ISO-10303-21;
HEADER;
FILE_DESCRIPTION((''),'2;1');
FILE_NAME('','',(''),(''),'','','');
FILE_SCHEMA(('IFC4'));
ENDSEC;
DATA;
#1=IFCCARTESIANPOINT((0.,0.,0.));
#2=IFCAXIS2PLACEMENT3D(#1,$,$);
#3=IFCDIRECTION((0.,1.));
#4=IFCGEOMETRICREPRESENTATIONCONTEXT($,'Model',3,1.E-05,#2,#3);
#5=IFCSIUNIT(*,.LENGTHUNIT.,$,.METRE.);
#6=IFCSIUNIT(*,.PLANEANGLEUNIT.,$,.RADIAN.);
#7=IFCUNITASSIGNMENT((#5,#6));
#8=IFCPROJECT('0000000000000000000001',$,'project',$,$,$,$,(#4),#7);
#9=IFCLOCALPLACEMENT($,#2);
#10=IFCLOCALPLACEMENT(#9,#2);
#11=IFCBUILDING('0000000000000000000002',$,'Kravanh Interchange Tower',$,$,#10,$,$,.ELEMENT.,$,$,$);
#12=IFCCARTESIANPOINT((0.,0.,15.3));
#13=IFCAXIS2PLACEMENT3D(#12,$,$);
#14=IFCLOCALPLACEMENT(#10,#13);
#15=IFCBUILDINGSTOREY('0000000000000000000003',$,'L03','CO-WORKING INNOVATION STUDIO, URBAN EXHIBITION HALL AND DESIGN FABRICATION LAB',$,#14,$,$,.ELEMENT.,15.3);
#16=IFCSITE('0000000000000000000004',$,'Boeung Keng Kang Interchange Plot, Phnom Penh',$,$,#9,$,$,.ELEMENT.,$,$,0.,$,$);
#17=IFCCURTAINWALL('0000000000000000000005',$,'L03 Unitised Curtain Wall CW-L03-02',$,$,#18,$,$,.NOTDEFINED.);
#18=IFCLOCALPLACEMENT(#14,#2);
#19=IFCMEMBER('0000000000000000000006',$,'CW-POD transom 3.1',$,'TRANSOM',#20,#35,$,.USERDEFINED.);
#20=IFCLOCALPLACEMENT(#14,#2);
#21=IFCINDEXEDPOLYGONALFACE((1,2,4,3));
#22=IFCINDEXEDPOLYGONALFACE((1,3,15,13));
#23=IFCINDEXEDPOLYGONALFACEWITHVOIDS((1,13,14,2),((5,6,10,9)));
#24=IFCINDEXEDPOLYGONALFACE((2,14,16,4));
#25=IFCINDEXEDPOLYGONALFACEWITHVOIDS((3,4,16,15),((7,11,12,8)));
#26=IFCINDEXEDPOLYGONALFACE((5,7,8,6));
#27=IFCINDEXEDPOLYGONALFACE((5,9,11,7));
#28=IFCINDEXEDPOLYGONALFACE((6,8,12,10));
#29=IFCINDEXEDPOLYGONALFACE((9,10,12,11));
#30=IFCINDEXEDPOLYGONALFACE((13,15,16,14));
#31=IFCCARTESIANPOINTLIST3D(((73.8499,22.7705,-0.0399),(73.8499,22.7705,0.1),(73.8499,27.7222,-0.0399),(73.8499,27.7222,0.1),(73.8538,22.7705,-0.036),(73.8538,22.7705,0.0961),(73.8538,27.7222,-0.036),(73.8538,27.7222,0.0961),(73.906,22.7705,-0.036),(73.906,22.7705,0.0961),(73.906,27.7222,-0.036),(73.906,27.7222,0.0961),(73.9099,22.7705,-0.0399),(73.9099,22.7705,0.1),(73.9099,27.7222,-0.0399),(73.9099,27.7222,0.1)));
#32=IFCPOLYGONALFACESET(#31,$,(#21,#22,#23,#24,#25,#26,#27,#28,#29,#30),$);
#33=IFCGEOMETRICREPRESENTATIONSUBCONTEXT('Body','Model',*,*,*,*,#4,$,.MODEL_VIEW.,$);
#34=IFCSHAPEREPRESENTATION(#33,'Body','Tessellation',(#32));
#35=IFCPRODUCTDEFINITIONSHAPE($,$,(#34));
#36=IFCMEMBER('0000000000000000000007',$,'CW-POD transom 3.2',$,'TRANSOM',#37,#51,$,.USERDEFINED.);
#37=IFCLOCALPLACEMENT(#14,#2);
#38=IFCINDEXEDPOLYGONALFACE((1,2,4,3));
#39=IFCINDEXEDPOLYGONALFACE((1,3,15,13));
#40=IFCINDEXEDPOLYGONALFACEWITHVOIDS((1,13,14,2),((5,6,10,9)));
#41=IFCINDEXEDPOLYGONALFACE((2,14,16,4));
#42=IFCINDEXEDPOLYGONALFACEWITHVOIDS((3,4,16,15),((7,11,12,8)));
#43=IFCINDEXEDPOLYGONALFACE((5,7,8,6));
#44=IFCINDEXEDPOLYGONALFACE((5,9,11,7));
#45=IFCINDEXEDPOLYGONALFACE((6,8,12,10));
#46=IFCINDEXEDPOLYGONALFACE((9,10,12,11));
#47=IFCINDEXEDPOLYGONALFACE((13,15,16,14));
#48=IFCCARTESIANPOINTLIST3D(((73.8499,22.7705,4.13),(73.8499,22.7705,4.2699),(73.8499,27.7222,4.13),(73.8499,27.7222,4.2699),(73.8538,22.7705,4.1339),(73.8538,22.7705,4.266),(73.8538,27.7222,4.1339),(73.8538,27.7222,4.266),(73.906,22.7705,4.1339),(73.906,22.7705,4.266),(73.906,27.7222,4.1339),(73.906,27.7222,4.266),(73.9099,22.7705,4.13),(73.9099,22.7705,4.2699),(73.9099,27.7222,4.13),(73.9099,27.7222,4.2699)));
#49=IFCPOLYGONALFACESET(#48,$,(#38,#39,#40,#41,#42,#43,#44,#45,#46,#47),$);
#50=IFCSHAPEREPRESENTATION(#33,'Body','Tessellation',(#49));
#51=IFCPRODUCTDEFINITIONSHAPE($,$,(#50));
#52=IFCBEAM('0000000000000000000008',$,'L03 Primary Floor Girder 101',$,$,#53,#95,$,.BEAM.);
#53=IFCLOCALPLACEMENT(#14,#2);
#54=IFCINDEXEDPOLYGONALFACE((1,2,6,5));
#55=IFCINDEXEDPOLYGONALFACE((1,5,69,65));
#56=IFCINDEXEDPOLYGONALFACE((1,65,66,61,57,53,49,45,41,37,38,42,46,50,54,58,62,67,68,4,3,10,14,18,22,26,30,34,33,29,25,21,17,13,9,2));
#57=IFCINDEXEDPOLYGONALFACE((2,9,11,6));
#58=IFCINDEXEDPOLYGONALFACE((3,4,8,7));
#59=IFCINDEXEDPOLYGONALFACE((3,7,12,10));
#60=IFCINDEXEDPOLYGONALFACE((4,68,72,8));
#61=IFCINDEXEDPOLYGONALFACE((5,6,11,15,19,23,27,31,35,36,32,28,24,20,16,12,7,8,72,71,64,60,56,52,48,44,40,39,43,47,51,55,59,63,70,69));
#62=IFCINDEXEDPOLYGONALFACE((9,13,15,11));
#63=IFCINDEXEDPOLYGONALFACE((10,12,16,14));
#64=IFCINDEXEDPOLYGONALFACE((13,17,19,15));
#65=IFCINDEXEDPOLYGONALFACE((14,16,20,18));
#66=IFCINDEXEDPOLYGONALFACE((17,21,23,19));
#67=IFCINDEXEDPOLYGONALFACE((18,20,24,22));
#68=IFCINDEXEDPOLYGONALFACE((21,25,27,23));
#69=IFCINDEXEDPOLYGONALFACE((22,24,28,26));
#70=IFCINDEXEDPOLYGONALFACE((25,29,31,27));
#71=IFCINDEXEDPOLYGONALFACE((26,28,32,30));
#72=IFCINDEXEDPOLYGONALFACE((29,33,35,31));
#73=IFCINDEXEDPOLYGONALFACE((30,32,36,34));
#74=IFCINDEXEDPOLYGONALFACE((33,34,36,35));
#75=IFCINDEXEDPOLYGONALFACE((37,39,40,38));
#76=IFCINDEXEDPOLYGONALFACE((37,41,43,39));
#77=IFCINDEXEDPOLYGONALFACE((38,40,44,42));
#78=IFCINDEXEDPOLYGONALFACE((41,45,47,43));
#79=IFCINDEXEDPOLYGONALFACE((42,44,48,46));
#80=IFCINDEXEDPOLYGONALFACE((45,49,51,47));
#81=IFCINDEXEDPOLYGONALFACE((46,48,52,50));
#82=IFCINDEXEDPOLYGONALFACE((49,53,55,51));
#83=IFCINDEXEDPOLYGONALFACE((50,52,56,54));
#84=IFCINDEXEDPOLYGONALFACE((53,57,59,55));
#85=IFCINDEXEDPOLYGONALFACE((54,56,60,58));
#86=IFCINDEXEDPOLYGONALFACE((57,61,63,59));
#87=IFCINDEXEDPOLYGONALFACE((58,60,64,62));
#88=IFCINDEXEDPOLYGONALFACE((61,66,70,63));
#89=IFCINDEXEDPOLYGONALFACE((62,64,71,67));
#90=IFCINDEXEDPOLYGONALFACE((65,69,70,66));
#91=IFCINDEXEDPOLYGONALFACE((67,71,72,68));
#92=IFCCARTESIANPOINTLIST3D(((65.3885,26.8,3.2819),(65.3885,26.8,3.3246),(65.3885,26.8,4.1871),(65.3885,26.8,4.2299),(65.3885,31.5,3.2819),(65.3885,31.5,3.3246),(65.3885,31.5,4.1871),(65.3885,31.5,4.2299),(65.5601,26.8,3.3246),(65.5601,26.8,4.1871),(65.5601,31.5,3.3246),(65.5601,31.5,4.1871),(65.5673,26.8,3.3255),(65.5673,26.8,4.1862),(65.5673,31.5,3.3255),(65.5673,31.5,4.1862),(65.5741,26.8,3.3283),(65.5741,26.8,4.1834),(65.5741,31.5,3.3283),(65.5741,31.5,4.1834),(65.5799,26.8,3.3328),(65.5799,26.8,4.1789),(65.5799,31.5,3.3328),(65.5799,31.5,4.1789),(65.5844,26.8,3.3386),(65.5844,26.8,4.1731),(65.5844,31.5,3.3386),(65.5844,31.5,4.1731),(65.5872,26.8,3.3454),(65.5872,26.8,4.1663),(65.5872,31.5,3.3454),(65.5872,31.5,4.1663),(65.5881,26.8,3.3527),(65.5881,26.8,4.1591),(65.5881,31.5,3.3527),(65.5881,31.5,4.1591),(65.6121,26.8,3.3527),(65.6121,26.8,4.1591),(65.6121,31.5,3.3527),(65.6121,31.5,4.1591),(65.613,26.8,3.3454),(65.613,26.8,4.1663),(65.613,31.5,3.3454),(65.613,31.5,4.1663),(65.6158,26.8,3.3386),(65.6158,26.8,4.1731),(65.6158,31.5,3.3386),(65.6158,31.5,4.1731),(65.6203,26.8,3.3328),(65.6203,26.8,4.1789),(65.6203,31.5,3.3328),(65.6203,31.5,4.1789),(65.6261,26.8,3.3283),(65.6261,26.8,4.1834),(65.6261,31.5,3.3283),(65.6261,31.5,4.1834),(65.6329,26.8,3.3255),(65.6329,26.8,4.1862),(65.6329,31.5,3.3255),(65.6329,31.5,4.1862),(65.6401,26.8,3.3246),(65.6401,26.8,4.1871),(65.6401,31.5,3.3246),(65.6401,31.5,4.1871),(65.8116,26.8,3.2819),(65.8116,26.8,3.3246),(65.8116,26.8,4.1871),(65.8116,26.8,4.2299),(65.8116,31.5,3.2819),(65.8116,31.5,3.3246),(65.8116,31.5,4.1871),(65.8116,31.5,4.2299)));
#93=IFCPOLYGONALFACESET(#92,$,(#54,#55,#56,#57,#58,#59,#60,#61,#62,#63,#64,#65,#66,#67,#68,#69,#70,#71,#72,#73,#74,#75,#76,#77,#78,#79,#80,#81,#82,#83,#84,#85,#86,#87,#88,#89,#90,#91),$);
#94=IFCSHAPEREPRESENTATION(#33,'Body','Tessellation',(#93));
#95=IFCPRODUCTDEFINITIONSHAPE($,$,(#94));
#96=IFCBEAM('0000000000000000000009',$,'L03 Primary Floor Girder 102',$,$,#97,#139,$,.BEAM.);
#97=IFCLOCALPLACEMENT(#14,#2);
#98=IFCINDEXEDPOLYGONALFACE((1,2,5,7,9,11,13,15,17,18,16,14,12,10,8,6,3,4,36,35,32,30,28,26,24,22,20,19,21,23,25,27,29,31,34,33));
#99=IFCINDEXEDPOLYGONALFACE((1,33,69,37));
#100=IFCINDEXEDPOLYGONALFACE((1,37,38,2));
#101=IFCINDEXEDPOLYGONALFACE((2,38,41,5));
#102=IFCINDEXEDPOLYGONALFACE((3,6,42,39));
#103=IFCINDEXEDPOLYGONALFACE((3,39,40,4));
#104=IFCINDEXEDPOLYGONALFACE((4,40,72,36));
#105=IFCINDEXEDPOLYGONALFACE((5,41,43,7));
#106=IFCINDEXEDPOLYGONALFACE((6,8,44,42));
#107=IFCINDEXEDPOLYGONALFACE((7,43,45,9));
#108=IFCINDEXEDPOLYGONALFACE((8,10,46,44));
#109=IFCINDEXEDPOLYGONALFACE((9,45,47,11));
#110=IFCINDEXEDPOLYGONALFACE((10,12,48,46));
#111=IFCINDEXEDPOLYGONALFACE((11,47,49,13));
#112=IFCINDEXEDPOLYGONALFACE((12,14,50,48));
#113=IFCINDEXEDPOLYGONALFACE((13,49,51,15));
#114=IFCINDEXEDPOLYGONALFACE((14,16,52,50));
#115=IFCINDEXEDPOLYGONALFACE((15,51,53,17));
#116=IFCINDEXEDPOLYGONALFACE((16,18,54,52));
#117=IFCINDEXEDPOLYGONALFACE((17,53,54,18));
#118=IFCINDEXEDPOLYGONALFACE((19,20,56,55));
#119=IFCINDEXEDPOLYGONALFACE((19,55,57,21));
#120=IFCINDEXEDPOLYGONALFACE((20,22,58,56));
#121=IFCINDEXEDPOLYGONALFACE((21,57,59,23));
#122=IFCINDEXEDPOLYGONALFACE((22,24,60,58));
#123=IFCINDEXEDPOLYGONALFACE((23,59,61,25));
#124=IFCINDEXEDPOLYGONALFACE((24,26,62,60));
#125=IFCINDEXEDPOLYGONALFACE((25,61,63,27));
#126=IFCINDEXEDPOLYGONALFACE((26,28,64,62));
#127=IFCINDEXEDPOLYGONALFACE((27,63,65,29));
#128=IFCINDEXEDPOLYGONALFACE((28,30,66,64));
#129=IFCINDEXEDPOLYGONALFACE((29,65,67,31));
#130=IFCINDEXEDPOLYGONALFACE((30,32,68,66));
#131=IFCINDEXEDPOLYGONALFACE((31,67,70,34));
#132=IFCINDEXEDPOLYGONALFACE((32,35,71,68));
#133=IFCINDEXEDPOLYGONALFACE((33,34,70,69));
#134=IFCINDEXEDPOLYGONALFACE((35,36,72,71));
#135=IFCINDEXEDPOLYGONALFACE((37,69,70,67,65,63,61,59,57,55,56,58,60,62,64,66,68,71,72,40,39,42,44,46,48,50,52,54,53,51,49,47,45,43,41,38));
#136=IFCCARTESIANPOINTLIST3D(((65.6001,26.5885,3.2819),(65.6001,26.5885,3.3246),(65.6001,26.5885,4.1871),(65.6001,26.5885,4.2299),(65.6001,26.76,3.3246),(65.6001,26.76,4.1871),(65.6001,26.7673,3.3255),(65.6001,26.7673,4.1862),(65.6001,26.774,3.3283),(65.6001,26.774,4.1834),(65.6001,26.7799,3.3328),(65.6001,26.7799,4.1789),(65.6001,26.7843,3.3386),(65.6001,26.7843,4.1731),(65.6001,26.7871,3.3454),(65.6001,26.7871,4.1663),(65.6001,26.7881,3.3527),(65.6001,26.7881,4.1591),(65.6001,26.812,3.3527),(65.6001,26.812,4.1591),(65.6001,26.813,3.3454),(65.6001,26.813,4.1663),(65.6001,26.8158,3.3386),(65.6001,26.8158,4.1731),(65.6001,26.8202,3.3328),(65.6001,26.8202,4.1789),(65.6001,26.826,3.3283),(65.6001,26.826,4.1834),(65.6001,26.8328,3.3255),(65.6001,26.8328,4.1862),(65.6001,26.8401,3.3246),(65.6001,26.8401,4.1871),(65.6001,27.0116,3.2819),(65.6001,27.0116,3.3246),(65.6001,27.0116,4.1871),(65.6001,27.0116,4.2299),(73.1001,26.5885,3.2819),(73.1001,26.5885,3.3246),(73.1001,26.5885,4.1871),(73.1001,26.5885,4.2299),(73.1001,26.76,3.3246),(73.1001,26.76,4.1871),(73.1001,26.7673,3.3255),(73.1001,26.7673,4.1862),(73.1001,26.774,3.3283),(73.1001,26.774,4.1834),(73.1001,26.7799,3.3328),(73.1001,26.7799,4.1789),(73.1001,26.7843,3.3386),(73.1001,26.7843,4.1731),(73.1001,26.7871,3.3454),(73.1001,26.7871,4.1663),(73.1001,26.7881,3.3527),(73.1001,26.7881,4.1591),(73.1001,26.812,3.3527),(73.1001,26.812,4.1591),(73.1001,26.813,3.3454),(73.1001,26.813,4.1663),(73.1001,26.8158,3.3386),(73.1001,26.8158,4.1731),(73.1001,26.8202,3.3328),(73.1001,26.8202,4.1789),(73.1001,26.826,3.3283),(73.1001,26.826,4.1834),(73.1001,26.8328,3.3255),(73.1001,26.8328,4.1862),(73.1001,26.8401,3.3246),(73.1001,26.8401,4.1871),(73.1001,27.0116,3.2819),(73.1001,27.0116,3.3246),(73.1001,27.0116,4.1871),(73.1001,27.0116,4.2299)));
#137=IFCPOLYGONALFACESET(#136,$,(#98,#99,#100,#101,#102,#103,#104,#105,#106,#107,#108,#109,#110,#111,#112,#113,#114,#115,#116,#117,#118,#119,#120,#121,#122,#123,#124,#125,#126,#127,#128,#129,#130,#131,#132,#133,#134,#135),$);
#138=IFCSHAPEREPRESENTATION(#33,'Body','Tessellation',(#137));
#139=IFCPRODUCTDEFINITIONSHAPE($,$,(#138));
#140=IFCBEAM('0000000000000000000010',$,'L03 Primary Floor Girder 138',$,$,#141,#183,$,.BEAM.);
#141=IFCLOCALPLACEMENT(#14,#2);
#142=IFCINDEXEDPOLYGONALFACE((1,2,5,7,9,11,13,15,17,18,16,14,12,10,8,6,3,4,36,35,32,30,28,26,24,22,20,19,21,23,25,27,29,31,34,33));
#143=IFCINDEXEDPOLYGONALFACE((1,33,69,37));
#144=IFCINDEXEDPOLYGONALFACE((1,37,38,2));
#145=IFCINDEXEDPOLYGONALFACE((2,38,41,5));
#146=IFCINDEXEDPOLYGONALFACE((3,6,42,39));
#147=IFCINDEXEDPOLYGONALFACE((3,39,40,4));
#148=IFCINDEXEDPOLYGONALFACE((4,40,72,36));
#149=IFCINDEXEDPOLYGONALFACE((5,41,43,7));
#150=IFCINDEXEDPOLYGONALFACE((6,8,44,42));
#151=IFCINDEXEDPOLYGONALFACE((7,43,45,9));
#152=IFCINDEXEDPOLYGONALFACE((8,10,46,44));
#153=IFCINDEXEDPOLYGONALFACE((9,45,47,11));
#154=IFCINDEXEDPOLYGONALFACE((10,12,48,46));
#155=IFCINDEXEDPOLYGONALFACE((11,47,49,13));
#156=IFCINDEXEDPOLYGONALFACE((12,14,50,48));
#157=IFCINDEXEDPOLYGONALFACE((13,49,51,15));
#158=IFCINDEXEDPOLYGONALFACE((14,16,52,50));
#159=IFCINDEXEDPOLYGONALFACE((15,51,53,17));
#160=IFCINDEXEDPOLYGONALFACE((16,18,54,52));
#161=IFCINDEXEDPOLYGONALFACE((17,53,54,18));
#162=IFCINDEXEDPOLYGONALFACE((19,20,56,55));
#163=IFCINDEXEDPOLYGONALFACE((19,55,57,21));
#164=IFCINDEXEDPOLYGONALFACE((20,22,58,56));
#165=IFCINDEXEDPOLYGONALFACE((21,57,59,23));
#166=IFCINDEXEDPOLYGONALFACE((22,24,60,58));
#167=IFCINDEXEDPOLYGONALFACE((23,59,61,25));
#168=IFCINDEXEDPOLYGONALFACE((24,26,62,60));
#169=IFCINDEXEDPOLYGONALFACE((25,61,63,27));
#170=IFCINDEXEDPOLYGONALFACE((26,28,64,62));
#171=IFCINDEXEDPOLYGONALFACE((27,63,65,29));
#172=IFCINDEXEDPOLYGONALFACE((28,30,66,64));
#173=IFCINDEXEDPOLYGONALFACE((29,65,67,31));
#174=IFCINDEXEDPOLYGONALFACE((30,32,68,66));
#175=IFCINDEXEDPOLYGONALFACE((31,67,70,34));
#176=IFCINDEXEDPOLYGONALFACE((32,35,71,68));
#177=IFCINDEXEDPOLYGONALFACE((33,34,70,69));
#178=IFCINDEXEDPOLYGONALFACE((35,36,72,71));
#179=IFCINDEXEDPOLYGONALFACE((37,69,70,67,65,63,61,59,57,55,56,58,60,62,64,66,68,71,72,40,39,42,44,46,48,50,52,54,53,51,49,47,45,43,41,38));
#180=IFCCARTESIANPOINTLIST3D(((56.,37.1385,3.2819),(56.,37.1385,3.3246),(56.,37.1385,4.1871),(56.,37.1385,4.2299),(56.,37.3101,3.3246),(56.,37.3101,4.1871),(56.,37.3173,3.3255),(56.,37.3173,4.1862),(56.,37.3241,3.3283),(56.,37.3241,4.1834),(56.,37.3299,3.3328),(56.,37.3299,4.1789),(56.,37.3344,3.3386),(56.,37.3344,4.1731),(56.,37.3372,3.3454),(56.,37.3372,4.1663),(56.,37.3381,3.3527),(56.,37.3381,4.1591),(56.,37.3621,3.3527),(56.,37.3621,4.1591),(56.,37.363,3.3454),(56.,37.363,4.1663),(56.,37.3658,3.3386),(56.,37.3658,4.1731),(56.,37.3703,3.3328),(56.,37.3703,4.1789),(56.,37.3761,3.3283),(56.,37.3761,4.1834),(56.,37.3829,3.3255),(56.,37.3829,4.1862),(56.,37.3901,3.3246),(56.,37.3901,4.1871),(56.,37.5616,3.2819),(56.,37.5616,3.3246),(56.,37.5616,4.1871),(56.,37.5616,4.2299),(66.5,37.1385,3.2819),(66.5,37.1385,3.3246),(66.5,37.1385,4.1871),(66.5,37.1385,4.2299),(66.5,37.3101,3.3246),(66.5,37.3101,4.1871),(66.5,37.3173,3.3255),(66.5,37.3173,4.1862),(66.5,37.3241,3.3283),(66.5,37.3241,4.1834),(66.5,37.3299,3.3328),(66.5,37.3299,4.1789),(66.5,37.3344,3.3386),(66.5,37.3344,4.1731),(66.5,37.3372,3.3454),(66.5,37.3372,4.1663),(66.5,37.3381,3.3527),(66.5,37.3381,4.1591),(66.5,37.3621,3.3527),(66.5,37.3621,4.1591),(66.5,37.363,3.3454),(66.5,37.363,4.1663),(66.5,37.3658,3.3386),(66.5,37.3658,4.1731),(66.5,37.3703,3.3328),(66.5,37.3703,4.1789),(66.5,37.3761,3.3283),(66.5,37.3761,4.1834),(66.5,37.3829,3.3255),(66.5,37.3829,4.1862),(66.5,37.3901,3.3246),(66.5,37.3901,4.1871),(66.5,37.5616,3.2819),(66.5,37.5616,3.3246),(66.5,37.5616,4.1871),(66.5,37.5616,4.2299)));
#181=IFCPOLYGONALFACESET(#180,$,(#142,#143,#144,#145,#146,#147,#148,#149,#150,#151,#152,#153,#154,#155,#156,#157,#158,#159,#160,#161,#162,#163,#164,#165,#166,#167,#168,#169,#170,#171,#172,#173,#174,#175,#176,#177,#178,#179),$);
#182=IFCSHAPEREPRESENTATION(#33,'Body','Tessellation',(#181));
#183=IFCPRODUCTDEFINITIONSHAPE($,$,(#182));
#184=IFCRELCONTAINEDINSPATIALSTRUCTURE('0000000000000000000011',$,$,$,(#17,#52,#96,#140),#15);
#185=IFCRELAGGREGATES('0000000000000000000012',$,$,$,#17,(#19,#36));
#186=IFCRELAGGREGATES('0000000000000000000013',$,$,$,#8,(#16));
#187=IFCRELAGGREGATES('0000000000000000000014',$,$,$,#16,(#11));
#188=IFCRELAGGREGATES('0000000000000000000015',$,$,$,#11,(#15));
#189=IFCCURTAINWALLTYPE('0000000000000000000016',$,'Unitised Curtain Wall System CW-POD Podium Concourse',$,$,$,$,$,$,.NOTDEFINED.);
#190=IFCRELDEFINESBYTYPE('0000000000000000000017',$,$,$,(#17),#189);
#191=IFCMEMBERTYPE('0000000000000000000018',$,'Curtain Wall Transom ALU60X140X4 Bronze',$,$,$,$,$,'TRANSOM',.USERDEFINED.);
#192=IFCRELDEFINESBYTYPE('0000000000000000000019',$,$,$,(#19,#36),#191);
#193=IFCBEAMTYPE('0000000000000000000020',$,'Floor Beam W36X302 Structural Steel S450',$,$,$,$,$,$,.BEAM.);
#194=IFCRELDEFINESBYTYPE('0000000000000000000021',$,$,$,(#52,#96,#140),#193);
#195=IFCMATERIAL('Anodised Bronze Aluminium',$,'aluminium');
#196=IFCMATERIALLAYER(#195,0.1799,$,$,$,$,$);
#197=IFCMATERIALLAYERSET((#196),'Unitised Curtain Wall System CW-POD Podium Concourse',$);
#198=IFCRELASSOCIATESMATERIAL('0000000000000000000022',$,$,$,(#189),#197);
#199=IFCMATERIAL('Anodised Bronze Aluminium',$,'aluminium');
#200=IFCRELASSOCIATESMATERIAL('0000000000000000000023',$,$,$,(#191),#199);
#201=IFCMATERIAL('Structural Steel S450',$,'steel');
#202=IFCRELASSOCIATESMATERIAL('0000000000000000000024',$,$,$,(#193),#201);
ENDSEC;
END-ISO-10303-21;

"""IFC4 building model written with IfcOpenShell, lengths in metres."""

from ifc_helpers import new_model, si_unit, direction, frame, origin, origin_2d, place, context, subcontext, project, spatial, hollow_rectangle, i_section, extrude, material, layer, layer_set, material_profile, profile_set, type_object, element, aggregate, save


model = new_model("IFC4")

# Units and contexts
model_context = context("Model", 3, precision=1e-05, world=origin(), true_north=direction((0.0, 1.0)))
body_context = subcontext(model_context, "Body", "Model", "MODEL_VIEW")
ifc_project = project(units=[si_unit("LENGTHUNIT", "METRE"), si_unit("PLANEANGLEUNIT", "RADIAN")], contexts=[model_context])

# Site, building, storey
site_placement = place(None, origin())
site = spatial("IfcSite", under=ifc_project, at=site_placement, Name="Boeung Keng Kang Interchange Plot, Phnom Penh", CompositionType="ELEMENT", RefElevation=0.0)
building_placement = place(site_placement, origin())
building = spatial("IfcBuilding", under=site, at=building_placement, Name="Kravanh Interchange Tower", CompositionType="ELEMENT")
storey_placement = place(building_placement, frame((0.0, 0.0, 15.3)))
storey = spatial("IfcBuildingStorey", under=building, at=storey_placement, Name="L03", Description="CO-WORKING INNOVATION STUDIO, URBAN EXHIBITION HALL AND DESIGN FABRICATION LAB", CompositionType="ELEMENT", Elevation=15.3)

# Curtain wall, members
ifc_material_1 = material(Name="Anodised Bronze Aluminium", Category="aluminium")
ifc_layer_1 = layer(ifc_material_1, 0.1799)
ifc_layer_set_1 = layer_set([ifc_layer_1], Name="Unitised Curtain Wall System CW-POD Podium Concourse")
curtain_wall_type = type_object("IfcCurtainWallType", Name="Unitised Curtain Wall System CW-POD Podium Concourse", PredefinedType="NOTDEFINED", material=ifc_layer_set_1)
curtain_wall_placement = place(storey_placement, origin())
curtain_wall = element("IfcCurtainWall", 1, at=curtain_wall_placement, inside=storey, type_object=curtain_wall_type, Name="L03 Unitised Curtain Wall CW-L03-02", PredefinedType="NOTDEFINED")
ifc_material_2 = material(Name="Anodised Bronze Aluminium", Category="aluminium")
ifc_material_profile_1 = material_profile(ifc_material_2, hollow_rectangle(XDim=0.0601, YDim=0.1399, WallThickness=0.0039, at=origin_2d()), Name="ALU60X140X4")
ifc_profile_set_1 = profile_set([ifc_material_profile_1], Name="Anodised Bronze Aluminium")
member_type_1 = type_object("IfcMemberType", Name="Curtain Wall Transom ALU60X140X4 Bronze", ElementType="TRANSOM", PredefinedType="USERDEFINED", material=ifc_profile_set_1)
member_1_placement = place(storey_placement, frame((73.8799, 27.7222, 0.03), z_axis=(0.0, -1.0, 0.0), x_axis=(1.0, 0.0, 0.0)))
member_1 = element("IfcMember", 2, at=member_1_placement, type_object=member_type_1, Name="CW-POD transom 3.1", ObjectType="TRANSOM", PredefinedType="USERDEFINED", context=body_context, shape_type="SweptSolid", body=[
    extrude(hollow_rectangle(XDim=0.0601, YDim=0.1399, WallThickness=0.0039, at=origin_2d()), origin(), (0.0, 0.0, 1.0), 4.9517),
])
member_2_placement = place(storey_placement, frame((73.8799, 27.7222, 4.2), z_axis=(0.0, -1.0, 0.0), x_axis=(1.0, 0.0, 0.0)))
member_2 = element("IfcMember", 3, at=member_2_placement, type_object=member_type_1, Name="CW-POD transom 3.2", ObjectType="TRANSOM", PredefinedType="USERDEFINED", context=body_context, shape_type="SweptSolid", body=[
    extrude(hollow_rectangle(XDim=0.0601, YDim=0.1399, WallThickness=0.0039, at=origin_2d()), origin(), (0.0, 0.0, 1.0), 4.9517),
])

# Beams
ifc_material_3 = material(Name="Structural Steel S450", Category="steel")
ifc_material_profile_2 = material_profile(ifc_material_3, i_section(OverallWidth=0.4231, OverallDepth=0.948, WebThickness=0.0239, FlangeThickness=0.0427, FilletRadius=0.0281, at=origin_2d()), Name="W36X302")
ifc_profile_set_2 = profile_set([ifc_material_profile_2], Name="Structural Steel S450")
beam_type_1 = type_object("IfcBeamType", Name="Floor Beam W36X302 Structural Steel S450", PredefinedType="BEAM", material=ifc_profile_set_2)
beam_1_placement = place(storey_placement, frame((65.6001, 26.8, 3.7559), z_axis=(0.0, 1.0, 0.0), x_axis=(-1.0, 0.0, 0.0)))
element("IfcBeam", 4, at=beam_1_placement, inside=storey, type_object=beam_type_1, Name="L03 Primary Floor Girder 101", PredefinedType="BEAM", context=body_context, shape_type="SweptSolid", body=[
    extrude(i_section(OverallWidth=0.4231, OverallDepth=0.948, WebThickness=0.0239, FlangeThickness=0.0427, FilletRadius=0.0281, at=origin_2d()), origin(), (0.0, 0.0, 1.0), 4.7),
])
beam_2_placement = place(storey_placement, frame((65.6001, 26.8, 3.7559), z_axis=(1.0, 0.0, 0.0), x_axis=(0.0, 1.0, 0.0)))
element("IfcBeam", 5, at=beam_2_placement, inside=storey, type_object=beam_type_1, Name="L03 Primary Floor Girder 102", PredefinedType="BEAM", context=body_context, shape_type="SweptSolid", body=[
    extrude(i_section(OverallWidth=0.4231, OverallDepth=0.948, WebThickness=0.0239, FlangeThickness=0.0427, FilletRadius=0.0281, at=origin_2d()), origin(), (0.0, 0.0, 1.0), 7.5),
])
beam_3_placement = place(storey_placement, frame((66.5, 37.3501, 3.7559), z_axis=(-1.0, 0.0, 0.0), x_axis=(0.0, -1.0, 0.0)))
element("IfcBeam", 6, at=beam_3_placement, inside=storey, type_object=beam_type_1, Name="L03 Primary Floor Girder 138", PredefinedType="BEAM", context=body_context, shape_type="SweptSolid", body=[
    extrude(i_section(OverallWidth=0.4231, OverallDepth=0.948, WebThickness=0.0239, FlangeThickness=0.0427, FilletRadius=0.0281, at=origin_2d()), origin(), (0.0, 0.0, 1.0), 10.5),
])

aggregate(curtain_wall, [member_1, member_2])

save(model, "model.ifc")
